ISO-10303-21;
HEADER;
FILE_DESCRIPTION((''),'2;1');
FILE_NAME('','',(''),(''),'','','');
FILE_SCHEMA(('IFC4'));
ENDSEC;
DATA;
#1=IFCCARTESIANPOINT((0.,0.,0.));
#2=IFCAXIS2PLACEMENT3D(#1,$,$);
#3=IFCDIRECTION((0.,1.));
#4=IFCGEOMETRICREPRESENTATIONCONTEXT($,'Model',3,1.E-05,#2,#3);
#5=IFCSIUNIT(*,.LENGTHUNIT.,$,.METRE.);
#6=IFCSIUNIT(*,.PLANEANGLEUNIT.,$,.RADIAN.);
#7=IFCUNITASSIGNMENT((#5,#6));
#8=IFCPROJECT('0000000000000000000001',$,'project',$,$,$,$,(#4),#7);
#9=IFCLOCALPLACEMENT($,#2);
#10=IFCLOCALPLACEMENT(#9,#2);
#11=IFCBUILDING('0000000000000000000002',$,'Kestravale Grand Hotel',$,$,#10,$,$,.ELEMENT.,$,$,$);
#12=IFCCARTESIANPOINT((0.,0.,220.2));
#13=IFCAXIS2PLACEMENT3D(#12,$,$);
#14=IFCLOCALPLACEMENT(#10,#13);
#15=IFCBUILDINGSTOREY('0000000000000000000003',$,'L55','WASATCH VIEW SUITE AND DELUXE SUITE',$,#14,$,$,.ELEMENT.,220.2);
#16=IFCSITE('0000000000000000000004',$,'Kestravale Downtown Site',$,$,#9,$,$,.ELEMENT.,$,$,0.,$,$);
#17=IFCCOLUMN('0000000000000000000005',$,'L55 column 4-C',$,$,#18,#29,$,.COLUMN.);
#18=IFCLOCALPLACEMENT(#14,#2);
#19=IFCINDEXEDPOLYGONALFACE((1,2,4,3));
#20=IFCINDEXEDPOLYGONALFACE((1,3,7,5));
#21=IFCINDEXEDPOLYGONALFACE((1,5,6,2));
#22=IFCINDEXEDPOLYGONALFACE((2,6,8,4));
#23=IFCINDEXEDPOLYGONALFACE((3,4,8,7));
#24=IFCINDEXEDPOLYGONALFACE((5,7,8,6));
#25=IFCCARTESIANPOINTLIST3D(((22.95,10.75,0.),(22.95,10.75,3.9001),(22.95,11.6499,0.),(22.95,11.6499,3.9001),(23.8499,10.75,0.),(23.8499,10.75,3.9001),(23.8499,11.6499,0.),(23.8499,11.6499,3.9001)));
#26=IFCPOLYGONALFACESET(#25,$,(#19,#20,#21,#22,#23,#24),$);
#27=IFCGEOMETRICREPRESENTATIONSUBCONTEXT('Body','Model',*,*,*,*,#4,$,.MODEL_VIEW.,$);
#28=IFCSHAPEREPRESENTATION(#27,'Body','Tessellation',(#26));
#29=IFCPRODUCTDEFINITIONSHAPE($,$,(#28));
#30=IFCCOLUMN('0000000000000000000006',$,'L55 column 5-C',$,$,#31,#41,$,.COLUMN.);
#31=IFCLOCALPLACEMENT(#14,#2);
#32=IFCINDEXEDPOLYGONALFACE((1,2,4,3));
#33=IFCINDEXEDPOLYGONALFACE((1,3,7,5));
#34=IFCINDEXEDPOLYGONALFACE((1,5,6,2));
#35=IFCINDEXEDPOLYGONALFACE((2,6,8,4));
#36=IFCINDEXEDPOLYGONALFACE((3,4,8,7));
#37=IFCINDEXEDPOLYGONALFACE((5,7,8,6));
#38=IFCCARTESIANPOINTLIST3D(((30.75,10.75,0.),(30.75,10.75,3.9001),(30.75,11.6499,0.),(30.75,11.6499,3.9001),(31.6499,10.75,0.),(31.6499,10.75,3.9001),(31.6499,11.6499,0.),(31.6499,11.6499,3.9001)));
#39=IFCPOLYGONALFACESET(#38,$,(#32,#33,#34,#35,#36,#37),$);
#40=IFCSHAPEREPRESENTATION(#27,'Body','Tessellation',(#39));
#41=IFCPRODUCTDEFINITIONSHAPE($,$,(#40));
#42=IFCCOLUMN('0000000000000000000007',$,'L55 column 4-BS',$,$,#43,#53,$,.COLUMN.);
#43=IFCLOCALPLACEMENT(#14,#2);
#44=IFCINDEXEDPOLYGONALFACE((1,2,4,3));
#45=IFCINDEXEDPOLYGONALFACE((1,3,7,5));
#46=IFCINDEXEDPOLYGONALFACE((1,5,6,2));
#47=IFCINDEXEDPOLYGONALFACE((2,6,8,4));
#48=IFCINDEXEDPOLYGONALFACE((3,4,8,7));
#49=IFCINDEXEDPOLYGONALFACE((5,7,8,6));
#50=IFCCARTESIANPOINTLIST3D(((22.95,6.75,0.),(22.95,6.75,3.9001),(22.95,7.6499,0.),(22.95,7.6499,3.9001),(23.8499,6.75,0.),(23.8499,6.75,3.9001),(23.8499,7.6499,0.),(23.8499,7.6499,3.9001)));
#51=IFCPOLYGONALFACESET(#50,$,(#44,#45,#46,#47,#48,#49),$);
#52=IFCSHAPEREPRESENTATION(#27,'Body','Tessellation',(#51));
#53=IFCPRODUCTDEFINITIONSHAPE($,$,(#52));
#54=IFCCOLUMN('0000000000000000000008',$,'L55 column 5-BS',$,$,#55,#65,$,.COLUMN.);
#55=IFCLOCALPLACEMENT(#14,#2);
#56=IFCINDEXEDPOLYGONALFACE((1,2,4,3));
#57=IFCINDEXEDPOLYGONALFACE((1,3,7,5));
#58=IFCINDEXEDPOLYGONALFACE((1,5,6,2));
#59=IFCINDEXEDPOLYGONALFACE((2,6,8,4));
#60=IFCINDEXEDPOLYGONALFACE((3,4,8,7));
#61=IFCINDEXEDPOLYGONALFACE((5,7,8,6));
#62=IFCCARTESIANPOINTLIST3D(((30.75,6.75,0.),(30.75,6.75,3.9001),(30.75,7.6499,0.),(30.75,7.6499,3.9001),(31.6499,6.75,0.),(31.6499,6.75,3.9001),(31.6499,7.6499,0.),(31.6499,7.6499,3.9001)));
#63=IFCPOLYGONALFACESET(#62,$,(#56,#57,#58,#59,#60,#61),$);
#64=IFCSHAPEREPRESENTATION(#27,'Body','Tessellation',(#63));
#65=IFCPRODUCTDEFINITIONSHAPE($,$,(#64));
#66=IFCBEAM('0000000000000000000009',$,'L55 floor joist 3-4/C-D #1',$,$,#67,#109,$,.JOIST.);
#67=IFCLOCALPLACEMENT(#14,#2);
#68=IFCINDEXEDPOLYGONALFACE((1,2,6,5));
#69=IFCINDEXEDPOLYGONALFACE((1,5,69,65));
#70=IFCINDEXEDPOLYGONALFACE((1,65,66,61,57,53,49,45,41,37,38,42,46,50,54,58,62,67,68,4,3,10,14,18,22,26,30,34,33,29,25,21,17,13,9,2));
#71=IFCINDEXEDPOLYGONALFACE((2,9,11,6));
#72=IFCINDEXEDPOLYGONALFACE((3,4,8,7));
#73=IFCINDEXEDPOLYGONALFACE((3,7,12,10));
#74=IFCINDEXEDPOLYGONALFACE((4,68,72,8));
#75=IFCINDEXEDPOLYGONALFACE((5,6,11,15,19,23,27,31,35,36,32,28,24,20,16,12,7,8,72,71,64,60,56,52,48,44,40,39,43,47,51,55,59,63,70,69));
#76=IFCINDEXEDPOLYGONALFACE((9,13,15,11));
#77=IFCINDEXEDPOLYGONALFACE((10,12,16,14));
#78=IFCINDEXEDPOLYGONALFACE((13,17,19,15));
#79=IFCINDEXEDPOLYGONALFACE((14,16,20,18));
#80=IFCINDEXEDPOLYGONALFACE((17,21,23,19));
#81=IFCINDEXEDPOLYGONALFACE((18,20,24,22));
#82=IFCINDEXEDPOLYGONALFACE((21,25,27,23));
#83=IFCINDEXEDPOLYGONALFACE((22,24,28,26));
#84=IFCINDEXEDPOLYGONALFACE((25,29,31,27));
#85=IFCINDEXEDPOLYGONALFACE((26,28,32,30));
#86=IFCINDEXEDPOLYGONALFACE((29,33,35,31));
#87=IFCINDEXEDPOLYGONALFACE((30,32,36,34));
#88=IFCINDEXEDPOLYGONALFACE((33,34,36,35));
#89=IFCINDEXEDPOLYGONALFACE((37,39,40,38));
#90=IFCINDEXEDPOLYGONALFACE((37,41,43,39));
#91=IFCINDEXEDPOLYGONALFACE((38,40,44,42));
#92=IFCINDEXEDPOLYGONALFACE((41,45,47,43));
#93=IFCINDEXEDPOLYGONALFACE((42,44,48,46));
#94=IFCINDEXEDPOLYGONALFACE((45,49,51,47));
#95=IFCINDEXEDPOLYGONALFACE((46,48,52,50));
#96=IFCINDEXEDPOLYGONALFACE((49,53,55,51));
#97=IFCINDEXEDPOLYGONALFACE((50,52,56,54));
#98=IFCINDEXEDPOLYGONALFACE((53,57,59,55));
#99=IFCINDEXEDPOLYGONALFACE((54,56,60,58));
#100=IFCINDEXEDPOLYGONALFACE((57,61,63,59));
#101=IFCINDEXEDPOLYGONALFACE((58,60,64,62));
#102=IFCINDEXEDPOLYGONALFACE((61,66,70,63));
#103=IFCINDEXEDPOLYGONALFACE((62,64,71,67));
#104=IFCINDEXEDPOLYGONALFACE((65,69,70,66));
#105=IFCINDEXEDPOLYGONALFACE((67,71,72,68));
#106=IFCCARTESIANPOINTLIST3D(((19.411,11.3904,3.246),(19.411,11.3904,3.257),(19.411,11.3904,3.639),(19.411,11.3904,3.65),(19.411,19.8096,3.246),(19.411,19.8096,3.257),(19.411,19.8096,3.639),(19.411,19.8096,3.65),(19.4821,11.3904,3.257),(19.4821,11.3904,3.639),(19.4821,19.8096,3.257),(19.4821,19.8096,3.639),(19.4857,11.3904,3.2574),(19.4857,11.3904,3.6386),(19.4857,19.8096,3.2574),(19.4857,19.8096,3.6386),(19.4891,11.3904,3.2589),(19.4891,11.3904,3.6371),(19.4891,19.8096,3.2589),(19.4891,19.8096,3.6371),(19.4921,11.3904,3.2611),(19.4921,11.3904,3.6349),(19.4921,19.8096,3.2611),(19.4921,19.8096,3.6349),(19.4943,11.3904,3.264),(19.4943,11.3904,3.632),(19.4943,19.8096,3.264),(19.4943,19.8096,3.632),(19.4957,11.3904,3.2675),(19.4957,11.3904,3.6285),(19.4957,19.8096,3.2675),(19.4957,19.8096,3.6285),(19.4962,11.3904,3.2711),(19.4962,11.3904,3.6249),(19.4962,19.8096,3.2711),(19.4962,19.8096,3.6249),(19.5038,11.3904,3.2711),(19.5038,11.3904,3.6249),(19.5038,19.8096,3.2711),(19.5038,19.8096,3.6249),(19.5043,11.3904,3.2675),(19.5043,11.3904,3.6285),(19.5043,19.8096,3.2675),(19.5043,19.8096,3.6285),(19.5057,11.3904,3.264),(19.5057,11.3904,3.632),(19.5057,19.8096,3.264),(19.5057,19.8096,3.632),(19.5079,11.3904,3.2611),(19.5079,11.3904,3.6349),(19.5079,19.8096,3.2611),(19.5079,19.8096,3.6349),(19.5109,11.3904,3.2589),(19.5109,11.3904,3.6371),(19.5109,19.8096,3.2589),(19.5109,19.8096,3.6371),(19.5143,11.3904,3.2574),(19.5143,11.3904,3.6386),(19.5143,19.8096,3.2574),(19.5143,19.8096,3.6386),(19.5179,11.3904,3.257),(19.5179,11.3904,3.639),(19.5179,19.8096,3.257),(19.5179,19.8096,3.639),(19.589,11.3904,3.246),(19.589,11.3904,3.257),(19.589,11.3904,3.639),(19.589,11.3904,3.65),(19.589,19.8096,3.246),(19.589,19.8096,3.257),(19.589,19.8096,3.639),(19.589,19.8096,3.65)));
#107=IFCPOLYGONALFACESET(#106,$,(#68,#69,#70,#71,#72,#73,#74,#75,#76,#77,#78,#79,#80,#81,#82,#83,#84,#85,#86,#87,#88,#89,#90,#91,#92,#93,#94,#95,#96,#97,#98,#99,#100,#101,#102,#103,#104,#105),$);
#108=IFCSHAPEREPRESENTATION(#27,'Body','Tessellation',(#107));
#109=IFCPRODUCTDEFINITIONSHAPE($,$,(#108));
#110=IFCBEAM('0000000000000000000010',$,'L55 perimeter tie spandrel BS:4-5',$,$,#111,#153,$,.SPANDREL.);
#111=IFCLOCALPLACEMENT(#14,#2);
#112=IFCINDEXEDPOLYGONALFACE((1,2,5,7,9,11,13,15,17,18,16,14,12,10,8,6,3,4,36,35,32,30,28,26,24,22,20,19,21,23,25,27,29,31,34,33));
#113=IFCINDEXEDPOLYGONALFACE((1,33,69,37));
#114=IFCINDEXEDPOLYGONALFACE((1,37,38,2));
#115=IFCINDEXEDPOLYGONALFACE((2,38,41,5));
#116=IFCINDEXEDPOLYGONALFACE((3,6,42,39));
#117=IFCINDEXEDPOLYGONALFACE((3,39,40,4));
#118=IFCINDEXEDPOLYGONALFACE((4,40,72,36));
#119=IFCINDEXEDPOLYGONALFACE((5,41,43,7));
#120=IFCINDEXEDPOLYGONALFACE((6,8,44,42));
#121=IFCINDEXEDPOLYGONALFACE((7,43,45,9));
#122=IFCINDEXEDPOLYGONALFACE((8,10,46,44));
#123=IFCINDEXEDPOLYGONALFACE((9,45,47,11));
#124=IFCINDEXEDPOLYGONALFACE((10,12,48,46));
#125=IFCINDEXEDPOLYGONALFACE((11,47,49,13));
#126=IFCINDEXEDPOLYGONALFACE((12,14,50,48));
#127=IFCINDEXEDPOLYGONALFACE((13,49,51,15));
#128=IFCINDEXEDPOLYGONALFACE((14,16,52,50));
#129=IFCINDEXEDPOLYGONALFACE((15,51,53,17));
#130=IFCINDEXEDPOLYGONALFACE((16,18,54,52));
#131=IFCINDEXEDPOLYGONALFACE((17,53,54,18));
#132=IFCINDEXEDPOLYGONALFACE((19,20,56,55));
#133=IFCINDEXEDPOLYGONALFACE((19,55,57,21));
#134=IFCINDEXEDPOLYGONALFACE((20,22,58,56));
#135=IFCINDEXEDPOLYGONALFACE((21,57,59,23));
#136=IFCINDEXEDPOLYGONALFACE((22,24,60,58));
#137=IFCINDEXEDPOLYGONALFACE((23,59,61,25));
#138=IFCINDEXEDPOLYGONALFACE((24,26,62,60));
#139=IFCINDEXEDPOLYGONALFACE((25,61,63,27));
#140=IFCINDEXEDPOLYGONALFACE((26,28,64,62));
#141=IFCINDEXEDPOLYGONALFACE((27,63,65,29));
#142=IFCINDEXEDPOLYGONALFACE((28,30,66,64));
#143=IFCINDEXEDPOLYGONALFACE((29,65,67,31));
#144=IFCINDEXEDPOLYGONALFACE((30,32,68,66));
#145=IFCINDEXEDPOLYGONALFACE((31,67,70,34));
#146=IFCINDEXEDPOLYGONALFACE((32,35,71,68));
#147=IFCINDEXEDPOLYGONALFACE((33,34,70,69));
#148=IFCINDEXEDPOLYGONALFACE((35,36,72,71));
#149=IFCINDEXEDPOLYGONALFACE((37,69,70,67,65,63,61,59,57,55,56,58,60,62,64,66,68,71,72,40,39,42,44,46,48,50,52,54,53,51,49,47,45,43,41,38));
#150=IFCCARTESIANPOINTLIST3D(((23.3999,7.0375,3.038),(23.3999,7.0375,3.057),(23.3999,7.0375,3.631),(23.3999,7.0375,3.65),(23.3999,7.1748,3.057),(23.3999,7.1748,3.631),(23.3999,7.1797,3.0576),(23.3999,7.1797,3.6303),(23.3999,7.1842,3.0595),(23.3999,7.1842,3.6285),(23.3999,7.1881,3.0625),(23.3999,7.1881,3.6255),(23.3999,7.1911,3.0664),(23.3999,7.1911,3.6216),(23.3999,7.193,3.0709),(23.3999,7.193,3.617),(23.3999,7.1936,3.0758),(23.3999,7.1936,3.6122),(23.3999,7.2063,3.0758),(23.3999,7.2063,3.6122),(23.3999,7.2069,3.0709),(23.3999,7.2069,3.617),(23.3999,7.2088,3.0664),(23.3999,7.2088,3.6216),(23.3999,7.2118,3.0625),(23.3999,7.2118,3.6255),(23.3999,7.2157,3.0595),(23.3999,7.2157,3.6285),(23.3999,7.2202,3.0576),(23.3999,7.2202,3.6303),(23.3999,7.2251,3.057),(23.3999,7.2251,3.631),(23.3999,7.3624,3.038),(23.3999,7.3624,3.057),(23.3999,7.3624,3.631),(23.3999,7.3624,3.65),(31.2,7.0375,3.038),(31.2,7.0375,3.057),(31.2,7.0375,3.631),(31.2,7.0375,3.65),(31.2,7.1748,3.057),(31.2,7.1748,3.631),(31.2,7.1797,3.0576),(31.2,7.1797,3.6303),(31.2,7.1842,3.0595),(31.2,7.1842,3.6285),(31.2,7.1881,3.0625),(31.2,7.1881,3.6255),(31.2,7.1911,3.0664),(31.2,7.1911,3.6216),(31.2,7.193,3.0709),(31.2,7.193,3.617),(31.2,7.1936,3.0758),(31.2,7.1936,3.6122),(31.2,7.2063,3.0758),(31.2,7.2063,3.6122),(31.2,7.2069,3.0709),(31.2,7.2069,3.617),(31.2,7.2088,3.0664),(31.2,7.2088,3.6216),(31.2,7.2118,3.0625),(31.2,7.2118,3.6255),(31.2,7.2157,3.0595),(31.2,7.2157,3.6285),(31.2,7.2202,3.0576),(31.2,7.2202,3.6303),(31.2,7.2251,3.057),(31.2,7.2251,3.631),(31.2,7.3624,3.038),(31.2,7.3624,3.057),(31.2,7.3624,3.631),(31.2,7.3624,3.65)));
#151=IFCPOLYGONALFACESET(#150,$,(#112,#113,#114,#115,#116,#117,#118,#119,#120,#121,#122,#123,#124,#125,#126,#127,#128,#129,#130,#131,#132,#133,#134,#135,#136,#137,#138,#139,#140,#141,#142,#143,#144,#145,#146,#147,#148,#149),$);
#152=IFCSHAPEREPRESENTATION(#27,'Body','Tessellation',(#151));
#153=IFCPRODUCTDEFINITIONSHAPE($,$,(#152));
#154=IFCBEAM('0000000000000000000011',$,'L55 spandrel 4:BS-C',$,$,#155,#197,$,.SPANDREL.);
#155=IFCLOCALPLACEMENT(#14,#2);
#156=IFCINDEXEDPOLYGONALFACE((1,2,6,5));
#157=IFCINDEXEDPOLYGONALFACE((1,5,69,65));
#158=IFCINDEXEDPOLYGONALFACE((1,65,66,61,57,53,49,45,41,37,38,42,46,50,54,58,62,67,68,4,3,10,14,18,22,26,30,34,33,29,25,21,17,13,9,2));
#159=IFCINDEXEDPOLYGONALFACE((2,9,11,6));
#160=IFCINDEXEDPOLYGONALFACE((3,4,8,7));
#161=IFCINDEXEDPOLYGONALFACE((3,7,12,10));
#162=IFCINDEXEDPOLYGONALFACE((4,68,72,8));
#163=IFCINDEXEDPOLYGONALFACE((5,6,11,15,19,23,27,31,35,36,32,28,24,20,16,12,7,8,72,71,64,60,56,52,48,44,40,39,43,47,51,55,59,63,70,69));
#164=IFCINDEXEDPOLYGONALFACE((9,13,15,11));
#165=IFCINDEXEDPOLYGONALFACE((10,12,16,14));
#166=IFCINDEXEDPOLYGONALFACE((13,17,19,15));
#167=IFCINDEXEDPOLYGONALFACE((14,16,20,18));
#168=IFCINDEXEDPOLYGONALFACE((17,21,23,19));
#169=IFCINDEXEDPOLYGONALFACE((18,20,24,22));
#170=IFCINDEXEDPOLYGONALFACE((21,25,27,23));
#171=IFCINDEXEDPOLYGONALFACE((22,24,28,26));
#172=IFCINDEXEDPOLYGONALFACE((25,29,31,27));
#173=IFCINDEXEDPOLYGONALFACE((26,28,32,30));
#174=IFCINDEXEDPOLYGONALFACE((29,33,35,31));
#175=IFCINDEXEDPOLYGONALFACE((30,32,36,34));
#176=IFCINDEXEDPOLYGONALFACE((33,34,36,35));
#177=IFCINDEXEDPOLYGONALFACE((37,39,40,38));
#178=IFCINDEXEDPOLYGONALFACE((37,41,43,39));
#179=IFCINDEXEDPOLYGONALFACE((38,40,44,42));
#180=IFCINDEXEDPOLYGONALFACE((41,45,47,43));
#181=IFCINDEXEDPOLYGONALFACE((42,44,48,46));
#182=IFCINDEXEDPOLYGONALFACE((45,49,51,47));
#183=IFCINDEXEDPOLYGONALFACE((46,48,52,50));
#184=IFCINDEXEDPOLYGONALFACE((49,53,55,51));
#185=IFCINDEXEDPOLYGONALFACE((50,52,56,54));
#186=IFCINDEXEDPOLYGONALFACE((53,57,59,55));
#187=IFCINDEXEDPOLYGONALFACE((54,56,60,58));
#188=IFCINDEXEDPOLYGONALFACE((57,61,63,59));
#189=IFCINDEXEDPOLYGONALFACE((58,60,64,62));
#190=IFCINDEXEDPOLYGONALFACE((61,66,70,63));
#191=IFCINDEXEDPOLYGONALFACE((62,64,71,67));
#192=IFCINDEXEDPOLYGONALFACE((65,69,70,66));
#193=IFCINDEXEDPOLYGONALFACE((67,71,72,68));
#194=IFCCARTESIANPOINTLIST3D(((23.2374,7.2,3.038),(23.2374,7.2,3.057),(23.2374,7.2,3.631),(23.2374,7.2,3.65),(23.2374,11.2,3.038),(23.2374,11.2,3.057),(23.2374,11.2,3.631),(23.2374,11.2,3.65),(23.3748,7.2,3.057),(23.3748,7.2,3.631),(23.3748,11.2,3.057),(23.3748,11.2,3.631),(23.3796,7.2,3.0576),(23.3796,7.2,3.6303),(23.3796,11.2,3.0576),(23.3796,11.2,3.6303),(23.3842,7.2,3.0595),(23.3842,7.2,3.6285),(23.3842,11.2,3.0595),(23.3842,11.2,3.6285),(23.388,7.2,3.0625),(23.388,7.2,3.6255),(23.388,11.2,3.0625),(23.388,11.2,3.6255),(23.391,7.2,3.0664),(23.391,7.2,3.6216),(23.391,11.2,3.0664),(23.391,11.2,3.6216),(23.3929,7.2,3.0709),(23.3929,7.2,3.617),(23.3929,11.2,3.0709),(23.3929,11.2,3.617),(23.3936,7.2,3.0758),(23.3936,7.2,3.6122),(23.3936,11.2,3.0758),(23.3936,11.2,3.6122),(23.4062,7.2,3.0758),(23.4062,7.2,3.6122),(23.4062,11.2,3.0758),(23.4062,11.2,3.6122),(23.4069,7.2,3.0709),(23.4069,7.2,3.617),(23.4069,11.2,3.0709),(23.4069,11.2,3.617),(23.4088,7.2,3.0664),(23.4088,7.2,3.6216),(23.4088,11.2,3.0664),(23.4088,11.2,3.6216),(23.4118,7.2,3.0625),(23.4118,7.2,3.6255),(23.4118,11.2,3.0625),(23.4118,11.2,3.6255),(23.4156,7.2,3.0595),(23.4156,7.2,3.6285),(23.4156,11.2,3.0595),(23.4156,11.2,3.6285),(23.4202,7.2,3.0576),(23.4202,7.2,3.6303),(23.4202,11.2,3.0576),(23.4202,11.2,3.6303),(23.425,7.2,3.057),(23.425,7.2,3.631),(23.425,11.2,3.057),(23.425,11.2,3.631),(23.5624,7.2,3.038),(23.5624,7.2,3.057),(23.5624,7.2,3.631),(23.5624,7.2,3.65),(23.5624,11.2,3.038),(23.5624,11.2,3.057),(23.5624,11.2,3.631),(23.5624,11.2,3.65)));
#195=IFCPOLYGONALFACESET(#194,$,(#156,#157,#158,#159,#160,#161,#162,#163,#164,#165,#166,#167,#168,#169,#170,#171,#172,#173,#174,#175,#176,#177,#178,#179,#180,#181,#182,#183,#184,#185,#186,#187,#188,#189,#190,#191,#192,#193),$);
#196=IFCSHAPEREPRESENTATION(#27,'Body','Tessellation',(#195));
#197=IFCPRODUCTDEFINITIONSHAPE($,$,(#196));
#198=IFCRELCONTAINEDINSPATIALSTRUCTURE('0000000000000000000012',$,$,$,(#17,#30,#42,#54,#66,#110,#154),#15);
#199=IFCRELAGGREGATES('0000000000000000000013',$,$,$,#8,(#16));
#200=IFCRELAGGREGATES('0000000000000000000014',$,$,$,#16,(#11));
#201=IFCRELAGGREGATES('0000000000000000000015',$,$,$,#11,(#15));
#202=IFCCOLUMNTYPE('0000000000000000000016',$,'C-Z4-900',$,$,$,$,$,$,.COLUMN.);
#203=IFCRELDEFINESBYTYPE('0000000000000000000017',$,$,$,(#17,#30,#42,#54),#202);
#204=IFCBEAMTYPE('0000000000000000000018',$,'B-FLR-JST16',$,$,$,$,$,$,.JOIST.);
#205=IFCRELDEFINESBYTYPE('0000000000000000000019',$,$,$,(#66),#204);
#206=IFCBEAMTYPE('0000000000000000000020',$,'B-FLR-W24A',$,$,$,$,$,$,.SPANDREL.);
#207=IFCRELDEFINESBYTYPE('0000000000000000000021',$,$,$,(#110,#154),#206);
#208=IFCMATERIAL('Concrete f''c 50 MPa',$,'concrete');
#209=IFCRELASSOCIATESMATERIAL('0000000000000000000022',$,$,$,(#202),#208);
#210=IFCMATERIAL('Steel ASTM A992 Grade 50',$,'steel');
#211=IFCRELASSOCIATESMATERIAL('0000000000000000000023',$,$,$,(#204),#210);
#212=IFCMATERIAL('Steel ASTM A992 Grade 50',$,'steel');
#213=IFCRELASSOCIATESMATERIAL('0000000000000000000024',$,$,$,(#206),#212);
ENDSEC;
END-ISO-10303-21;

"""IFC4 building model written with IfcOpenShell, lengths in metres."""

from ifc_helpers import new_model, si_unit, direction, frame, origin, origin_2d, place, context, subcontext, project, spatial, rectangle, i_section, extrude, material, material_profile, profile_set, type_object, element, save


model = new_model("IFC4")

# Units and contexts
model_context = context("Model", 3, precision=1e-05, world=origin(), true_north=direction((0.0, 1.0)))
body_context = subcontext(model_context, "Body", "Model", "MODEL_VIEW")
ifc_project = project(units=[si_unit("LENGTHUNIT", "METRE"), si_unit("PLANEANGLEUNIT", "RADIAN")], contexts=[model_context])

# Site, building, storey
site_placement = place(None, origin())
site = spatial("IfcSite", under=ifc_project, at=site_placement, Name="Kestravale Downtown Site", CompositionType="ELEMENT", RefElevation=0.0)
building_placement = place(site_placement, origin())
building = spatial("IfcBuilding", under=site, at=building_placement, Name="Kestravale Grand Hotel", CompositionType="ELEMENT")
storey_placement = place(building_placement, frame((0.0, 0.0, 220.2)))
storey = spatial("IfcBuildingStorey", under=building, at=storey_placement, Name="L55", Description="WASATCH VIEW SUITE AND DELUXE SUITE", CompositionType="ELEMENT", Elevation=220.2)

# Columns
ifc_material_1 = material(Name="Concrete f'c 50 MPa", Category="concrete")
ifc_material_profile_1 = material_profile(ifc_material_1, rectangle(XDim=0.8999, YDim=0.8999, at=origin_2d()))
ifc_profile_set_1 = profile_set([ifc_material_profile_1], Name="Concrete f'c 50 MPa")
column_type = type_object("IfcColumnType", Name="C-Z4-900", PredefinedType="COLUMN", material=ifc_profile_set_1)
for number, where, z_axis, x_axis, name in (
    (1, (23.3999, 11.2, 0.0), (0.0, 0.0, 1.0), (1.0, 0.0, 0.0), "L55 column 4-C"),
    (2, (31.2, 11.2, 0.0), (0.0, 0.0, 1.0), (1.0, 0.0, 0.0), "L55 column 5-C"),
    (3, (23.3999, 7.2, 0.0), (0.0, 0.0, 1.0), (1.0, 0.0, 0.0), "L55 column 4-BS"),
    (4, (31.2, 7.2, 0.0), (0.0, 0.0, 1.0), (1.0, 0.0, 0.0), "L55 column 5-BS"),
):
    element("IfcColumn", number, at=place(storey_placement, frame(where, z_axis=z_axis, x_axis=x_axis)), inside=storey, type_object=column_type, Name=name, PredefinedType="COLUMN", context=body_context, shape_type="SweptSolid", body=[
        extrude(rectangle(XDim=0.8999, YDim=0.8999, at=origin_2d()), origin(), (0.0, 0.0, 1.0), 3.9001),
    ])

# Beams
ifc_material_2 = material(Name="Steel ASTM A992 Grade 50", Category="steel")
ifc_material_profile_2 = material_profile(ifc_material_2, i_section(OverallWidth=0.178, OverallDepth=0.4041, WebThickness=0.0076, FlangeThickness=0.011, FilletRadius=0.0142, at=origin_2d()))
ifc_profile_set_2 = profile_set([ifc_material_profile_2], Name="Steel ASTM A992 Grade 50")
beam_type_1 = type_object("IfcBeamType", Name="B-FLR-JST16", PredefinedType="JOIST", material=ifc_profile_set_2)
beam_1_placement = place(storey_placement, frame((19.5, 11.3904, 3.448), z_axis=(0.0, 1.0, 0.0), x_axis=(-1.0, 0.0, 0.0)))
element("IfcBeam", 5, at=beam_1_placement, inside=storey, type_object=beam_type_1, Name="L55 floor joist 3-4/C-D #1", PredefinedType="JOIST", context=body_context, shape_type="SweptSolid", body=[
    extrude(i_section(OverallWidth=0.178, OverallDepth=0.4041, WebThickness=0.0076, FlangeThickness=0.011, FilletRadius=0.0142, at=origin_2d()), origin(), (0.0, 0.0, 1.0), 8.4192),
])
ifc_material_3 = material(Name="Steel ASTM A992 Grade 50", Category="steel")
ifc_material_profile_3 = material_profile(ifc_material_3, i_section(OverallWidth=0.325, OverallDepth=0.6121, WebThickness=0.0127, FlangeThickness=0.019, FilletRadius=0.0188, at=origin_2d()))
ifc_profile_set_3 = profile_set([ifc_material_profile_3], Name="Steel ASTM A992 Grade 50")
beam_type_2 = type_object("IfcBeamType", Name="B-FLR-W24A", PredefinedType="SPANDREL", material=ifc_profile_set_3)
beam_2_placement = place(storey_placement, frame((23.3999, 7.2, 3.344), z_axis=(1.0, 0.0, 0.0), x_axis=(0.0, 1.0, 0.0)))
element("IfcBeam", 6, at=beam_2_placement, inside=storey, type_object=beam_type_2, Name="L55 perimeter tie spandrel BS:4-5", PredefinedType="SPANDREL", context=body_context, shape_type="SweptSolid", body=[
    extrude(i_section(OverallWidth=0.325, OverallDepth=0.6121, WebThickness=0.0127, FlangeThickness=0.019, FilletRadius=0.0188, at=origin_2d()), origin(), (0.0, 0.0, 1.0), 7.8),
])
for number, where, z_axis, x_axis, name in (
    (7, (23.3999, 7.2, 3.344), (0.0, 1.0, 0.0), (-1.0, 0.0, 0.0), "L55 spandrel 4:BS-C"),
):
    element("IfcBeam", number, at=place(storey_placement, frame(where, z_axis=z_axis, x_axis=x_axis)), inside=storey, type_object=beam_type_2, Name=name, PredefinedType="SPANDREL", context=body_context, shape_type="SweptSolid", body=[
        extrude(i_section(OverallWidth=0.325, OverallDepth=0.6121, WebThickness=0.0127, FlangeThickness=0.019, FilletRadius=0.0188, at=origin_2d()), origin(), (0.0, 0.0, 1.0), 4.0),
    ])

save(model, "model.ifc")
